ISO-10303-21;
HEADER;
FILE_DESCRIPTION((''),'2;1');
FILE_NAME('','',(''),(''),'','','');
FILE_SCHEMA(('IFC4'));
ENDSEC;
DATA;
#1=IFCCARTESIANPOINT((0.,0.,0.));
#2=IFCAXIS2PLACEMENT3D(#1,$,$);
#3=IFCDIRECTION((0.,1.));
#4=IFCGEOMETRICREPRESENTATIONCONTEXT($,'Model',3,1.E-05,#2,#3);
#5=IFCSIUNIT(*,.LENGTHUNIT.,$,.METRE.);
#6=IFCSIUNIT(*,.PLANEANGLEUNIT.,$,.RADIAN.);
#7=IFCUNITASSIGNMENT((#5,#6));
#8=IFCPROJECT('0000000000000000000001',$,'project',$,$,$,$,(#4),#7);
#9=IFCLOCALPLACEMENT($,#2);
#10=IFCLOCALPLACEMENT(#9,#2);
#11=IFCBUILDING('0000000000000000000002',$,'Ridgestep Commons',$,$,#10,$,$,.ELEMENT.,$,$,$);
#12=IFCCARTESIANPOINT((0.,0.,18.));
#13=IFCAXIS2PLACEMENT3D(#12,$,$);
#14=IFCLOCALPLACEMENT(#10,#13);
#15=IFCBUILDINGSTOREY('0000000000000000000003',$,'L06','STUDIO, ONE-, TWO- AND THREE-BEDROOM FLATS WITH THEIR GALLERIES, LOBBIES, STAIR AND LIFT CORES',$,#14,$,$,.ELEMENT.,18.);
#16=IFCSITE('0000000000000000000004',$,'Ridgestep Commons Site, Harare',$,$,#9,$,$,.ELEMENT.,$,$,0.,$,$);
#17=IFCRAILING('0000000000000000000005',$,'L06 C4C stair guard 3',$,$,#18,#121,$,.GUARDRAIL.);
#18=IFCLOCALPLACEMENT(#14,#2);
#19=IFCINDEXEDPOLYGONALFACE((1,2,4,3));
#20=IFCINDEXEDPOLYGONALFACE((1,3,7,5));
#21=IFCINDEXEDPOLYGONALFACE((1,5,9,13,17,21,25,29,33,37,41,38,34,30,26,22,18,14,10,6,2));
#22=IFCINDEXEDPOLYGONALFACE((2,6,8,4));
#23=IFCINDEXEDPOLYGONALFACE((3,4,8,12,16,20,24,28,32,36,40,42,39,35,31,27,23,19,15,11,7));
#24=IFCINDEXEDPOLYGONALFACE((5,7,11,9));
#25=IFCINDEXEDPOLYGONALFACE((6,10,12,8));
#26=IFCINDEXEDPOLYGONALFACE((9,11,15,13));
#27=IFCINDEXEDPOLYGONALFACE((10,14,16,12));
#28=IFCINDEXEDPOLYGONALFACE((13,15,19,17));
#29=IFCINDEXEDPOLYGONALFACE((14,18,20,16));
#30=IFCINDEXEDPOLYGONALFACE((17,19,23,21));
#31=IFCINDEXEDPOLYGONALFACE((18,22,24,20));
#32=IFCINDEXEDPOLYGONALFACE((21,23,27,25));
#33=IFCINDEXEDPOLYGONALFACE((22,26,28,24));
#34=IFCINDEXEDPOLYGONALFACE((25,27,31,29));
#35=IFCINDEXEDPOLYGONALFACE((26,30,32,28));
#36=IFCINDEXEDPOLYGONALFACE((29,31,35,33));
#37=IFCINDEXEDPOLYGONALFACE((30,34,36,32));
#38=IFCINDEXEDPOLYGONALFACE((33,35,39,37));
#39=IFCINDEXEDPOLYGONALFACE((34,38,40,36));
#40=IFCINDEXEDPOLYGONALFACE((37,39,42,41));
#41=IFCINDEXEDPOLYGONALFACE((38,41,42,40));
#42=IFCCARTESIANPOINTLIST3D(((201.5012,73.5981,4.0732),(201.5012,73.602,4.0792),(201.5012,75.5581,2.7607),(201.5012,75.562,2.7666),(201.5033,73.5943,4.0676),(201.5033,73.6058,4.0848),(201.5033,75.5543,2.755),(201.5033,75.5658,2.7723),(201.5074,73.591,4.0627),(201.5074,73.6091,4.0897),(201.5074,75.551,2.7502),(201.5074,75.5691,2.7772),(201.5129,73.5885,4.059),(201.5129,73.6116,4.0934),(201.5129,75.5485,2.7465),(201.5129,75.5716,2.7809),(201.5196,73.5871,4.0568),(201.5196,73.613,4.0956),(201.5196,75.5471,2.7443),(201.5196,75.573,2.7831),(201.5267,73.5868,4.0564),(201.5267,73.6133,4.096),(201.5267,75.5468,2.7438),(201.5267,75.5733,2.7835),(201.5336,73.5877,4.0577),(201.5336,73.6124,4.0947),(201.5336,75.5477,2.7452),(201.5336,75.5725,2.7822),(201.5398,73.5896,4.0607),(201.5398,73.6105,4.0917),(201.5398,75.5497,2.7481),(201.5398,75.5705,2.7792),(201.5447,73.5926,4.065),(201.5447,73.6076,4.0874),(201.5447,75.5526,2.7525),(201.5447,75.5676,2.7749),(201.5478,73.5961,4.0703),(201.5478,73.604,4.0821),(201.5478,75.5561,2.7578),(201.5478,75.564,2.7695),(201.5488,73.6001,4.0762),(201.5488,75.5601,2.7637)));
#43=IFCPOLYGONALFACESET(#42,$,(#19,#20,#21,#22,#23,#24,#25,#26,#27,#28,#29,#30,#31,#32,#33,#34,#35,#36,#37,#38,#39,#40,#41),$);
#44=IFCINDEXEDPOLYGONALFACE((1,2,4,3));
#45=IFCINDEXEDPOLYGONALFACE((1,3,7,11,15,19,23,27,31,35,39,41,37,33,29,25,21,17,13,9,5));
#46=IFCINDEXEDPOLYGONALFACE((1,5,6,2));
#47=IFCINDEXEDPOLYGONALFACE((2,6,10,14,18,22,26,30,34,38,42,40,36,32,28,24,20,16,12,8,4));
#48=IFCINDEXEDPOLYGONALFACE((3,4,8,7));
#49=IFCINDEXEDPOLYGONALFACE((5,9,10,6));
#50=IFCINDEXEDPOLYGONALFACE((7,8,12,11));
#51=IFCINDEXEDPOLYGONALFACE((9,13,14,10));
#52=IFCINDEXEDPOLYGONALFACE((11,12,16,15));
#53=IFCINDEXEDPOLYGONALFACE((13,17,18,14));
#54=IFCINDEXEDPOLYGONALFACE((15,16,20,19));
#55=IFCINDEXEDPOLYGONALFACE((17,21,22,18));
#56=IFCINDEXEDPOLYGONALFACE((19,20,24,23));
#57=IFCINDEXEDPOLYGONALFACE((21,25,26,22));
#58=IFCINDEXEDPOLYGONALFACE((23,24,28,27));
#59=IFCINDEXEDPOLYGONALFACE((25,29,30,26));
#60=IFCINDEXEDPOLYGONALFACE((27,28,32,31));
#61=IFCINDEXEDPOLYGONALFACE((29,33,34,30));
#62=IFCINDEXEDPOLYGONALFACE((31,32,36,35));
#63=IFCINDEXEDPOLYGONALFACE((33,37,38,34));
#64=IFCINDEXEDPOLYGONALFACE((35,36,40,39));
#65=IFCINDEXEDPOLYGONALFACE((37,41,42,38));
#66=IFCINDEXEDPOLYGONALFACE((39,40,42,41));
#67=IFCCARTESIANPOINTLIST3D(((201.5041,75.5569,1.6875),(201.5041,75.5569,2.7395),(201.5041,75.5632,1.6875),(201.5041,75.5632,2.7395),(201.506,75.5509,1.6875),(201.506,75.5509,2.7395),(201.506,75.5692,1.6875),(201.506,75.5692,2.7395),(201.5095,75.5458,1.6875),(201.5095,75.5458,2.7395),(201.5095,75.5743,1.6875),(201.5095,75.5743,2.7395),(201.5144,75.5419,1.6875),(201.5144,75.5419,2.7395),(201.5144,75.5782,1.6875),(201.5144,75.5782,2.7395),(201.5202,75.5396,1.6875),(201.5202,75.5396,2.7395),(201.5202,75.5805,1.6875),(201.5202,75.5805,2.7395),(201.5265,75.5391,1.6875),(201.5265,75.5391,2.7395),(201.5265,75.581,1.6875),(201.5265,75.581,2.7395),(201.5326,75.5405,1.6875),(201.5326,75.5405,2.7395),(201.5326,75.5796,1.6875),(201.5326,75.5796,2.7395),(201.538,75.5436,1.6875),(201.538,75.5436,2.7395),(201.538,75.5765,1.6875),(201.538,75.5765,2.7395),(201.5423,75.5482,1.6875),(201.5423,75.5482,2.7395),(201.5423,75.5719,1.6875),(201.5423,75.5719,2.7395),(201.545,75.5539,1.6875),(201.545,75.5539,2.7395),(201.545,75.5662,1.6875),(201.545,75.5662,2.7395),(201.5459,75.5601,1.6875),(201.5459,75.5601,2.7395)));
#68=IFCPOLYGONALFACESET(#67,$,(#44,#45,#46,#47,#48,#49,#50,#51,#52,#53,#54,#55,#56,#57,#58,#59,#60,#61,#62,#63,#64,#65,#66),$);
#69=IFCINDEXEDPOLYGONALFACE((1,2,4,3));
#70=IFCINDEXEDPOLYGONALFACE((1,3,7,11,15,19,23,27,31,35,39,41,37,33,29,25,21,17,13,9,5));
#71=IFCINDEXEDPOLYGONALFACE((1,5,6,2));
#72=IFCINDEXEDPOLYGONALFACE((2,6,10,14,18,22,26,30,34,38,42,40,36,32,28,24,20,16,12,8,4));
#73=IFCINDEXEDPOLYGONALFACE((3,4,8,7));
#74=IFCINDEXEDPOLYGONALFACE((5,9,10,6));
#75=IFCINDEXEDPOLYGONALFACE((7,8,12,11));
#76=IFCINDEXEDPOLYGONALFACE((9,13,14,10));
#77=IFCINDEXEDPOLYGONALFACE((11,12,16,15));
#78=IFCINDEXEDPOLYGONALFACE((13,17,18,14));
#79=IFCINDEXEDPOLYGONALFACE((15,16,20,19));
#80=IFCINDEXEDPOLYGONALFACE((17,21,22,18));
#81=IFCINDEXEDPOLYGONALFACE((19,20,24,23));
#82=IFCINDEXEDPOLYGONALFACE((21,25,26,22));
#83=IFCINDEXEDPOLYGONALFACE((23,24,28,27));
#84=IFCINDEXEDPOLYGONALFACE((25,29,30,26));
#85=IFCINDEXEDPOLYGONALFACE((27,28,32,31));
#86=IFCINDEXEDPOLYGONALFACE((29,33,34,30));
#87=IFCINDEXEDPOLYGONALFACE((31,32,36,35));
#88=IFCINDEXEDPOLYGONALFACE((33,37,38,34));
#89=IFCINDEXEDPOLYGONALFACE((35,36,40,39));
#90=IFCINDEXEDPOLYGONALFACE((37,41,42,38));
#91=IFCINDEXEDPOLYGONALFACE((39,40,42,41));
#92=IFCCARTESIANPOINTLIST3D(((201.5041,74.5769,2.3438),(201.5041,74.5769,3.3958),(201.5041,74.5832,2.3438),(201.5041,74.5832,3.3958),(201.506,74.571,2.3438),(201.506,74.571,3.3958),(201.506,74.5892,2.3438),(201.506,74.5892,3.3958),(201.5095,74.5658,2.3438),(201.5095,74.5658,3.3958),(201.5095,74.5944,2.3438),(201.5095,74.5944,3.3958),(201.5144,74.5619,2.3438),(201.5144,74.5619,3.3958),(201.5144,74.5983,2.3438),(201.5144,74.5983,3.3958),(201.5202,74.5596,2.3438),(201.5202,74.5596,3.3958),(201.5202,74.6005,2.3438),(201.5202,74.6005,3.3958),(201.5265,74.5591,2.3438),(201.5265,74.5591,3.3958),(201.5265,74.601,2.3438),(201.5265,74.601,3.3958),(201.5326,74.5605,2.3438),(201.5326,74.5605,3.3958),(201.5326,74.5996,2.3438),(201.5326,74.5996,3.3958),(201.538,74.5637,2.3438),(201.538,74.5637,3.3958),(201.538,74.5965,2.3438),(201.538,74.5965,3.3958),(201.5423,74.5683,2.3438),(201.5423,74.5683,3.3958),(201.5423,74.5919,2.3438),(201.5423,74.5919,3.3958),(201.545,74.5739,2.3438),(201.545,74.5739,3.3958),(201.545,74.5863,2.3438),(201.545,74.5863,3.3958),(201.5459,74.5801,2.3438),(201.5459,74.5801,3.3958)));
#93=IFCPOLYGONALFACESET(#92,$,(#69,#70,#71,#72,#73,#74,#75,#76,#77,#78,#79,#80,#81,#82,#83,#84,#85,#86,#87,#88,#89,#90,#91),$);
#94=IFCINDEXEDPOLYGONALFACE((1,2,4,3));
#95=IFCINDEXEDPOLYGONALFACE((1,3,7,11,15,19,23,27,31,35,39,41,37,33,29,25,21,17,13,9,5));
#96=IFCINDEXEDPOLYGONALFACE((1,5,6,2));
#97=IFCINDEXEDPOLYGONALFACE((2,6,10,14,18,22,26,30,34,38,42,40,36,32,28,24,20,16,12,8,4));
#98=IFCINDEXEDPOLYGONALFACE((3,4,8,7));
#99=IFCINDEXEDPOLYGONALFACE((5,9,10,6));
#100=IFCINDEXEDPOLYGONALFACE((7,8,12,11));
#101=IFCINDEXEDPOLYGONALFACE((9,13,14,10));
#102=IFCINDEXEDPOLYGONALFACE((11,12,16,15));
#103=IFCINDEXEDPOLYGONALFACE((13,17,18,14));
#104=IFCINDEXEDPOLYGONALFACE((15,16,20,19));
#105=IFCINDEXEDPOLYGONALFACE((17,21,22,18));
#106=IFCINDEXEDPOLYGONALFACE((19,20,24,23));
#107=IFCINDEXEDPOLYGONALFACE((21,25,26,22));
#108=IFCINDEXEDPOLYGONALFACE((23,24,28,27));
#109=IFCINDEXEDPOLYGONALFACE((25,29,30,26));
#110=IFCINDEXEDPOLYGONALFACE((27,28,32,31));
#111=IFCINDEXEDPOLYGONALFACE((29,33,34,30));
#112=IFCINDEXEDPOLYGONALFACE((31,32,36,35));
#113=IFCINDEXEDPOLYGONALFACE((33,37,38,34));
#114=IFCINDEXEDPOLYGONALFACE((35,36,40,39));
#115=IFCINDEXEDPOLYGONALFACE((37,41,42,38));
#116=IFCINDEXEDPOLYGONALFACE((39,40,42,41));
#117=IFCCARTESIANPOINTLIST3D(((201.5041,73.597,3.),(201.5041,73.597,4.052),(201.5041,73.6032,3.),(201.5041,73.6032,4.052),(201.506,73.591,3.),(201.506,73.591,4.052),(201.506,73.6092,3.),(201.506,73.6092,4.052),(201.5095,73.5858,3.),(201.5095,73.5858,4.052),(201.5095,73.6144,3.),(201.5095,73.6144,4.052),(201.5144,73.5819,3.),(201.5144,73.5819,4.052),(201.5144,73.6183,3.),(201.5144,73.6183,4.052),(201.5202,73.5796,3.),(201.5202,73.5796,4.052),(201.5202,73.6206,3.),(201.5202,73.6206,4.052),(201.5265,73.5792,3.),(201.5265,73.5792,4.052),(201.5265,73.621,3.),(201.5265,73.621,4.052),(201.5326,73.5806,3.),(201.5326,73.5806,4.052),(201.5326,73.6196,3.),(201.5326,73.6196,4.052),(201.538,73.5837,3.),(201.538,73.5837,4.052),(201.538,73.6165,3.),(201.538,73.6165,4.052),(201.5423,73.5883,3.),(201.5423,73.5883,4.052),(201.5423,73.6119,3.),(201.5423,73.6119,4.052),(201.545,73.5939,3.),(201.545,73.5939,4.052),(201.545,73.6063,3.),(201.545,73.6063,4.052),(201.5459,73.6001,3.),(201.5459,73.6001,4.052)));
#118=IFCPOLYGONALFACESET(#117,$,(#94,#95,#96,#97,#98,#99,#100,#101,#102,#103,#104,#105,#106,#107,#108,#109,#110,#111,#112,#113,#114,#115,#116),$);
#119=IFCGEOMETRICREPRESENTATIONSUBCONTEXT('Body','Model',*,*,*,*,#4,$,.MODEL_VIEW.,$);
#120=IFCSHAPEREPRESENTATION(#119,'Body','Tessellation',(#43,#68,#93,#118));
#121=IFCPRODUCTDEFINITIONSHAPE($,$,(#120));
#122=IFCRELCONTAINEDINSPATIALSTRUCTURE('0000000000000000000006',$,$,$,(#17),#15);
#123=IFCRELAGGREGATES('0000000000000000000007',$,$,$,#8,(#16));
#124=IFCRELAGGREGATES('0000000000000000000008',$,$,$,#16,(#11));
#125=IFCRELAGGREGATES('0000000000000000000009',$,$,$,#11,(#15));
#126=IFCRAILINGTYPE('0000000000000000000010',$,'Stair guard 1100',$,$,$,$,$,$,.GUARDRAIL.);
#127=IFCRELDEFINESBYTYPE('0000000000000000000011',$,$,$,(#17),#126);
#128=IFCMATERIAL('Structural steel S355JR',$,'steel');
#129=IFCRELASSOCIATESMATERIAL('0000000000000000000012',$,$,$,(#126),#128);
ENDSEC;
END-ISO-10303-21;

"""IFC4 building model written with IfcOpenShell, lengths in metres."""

from ifc_helpers import new_model, si_unit, direction, frame, origin, origin_2d, place, context, subcontext, project, spatial, circle, extrude, material, type_object, element, save


model = new_model("IFC4")

# Units and contexts
model_context = context("Model", 3, precision=1e-05, world=origin(), true_north=direction((0.0, 1.0)))
body_context = subcontext(model_context, "Body", "Model", "MODEL_VIEW")
ifc_project = project(units=[si_unit("LENGTHUNIT", "METRE"), si_unit("PLANEANGLEUNIT", "RADIAN")], contexts=[model_context])

# Site, building, storey
site_placement = place(None, origin())
site = spatial("IfcSite", under=ifc_project, at=site_placement, Name="Ridgestep Commons Site, Harare", CompositionType="ELEMENT", RefElevation=0.0)
building_placement = place(site_placement, origin())
building = spatial("IfcBuilding", under=site, at=building_placement, Name="Ridgestep Commons", CompositionType="ELEMENT")
storey_placement = place(building_placement, frame((0.0, 0.0, 18.0)))
storey = spatial("IfcBuildingStorey", under=building, at=storey_placement, Name="L06", Description="STUDIO, ONE-, TWO- AND THREE-BEDROOM FLATS WITH THEIR GALLERIES, LOBBIES, STAIR AND LIFT CORES", CompositionType="ELEMENT", Elevation=18.0)

# Railing
ifc_material_1 = material(Name="Structural steel S355JR", Category="steel")
railing_type_1 = type_object("IfcRailingType", Name="Stair guard 1100", PredefinedType="GUARDRAIL", material=ifc_material_1)
railing_1_placement = place(storey_placement, frame((201.5249, 75.5601, 1.6875)))
element("IfcRailing", 1, at=railing_1_placement, inside=storey, type_object=railing_type_1, Name="L06 C4C stair guard 3", PredefinedType="GUARDRAIL", context=body_context, shape_type="SweptSolid", body=[
    extrude(circle(Radius=0.0239, at=origin_2d()), frame((0.0, 0.0, 1.0762), z_axis=(0.0, -0.830902, 0.556419), x_axis=(1.0, 0.0, 0.0)), (0.0, 0.0, 1.0), 2.3589),
    extrude(circle(Radius=0.021, at=origin_2d()), origin(), (0.0, 0.0, 1.0), 1.052),
    extrude(circle(Radius=0.021, at=origin_2d()), frame((0.0, -0.98, 0.6562)), (0.0, 0.0, 1.0), 1.052),
    extrude(circle(Radius=0.021, at=origin_2d()), frame((0.0, -1.96, 1.3125)), (0.0, 0.0, 1.0), 1.052),
])

save(model, "model.ifc")
